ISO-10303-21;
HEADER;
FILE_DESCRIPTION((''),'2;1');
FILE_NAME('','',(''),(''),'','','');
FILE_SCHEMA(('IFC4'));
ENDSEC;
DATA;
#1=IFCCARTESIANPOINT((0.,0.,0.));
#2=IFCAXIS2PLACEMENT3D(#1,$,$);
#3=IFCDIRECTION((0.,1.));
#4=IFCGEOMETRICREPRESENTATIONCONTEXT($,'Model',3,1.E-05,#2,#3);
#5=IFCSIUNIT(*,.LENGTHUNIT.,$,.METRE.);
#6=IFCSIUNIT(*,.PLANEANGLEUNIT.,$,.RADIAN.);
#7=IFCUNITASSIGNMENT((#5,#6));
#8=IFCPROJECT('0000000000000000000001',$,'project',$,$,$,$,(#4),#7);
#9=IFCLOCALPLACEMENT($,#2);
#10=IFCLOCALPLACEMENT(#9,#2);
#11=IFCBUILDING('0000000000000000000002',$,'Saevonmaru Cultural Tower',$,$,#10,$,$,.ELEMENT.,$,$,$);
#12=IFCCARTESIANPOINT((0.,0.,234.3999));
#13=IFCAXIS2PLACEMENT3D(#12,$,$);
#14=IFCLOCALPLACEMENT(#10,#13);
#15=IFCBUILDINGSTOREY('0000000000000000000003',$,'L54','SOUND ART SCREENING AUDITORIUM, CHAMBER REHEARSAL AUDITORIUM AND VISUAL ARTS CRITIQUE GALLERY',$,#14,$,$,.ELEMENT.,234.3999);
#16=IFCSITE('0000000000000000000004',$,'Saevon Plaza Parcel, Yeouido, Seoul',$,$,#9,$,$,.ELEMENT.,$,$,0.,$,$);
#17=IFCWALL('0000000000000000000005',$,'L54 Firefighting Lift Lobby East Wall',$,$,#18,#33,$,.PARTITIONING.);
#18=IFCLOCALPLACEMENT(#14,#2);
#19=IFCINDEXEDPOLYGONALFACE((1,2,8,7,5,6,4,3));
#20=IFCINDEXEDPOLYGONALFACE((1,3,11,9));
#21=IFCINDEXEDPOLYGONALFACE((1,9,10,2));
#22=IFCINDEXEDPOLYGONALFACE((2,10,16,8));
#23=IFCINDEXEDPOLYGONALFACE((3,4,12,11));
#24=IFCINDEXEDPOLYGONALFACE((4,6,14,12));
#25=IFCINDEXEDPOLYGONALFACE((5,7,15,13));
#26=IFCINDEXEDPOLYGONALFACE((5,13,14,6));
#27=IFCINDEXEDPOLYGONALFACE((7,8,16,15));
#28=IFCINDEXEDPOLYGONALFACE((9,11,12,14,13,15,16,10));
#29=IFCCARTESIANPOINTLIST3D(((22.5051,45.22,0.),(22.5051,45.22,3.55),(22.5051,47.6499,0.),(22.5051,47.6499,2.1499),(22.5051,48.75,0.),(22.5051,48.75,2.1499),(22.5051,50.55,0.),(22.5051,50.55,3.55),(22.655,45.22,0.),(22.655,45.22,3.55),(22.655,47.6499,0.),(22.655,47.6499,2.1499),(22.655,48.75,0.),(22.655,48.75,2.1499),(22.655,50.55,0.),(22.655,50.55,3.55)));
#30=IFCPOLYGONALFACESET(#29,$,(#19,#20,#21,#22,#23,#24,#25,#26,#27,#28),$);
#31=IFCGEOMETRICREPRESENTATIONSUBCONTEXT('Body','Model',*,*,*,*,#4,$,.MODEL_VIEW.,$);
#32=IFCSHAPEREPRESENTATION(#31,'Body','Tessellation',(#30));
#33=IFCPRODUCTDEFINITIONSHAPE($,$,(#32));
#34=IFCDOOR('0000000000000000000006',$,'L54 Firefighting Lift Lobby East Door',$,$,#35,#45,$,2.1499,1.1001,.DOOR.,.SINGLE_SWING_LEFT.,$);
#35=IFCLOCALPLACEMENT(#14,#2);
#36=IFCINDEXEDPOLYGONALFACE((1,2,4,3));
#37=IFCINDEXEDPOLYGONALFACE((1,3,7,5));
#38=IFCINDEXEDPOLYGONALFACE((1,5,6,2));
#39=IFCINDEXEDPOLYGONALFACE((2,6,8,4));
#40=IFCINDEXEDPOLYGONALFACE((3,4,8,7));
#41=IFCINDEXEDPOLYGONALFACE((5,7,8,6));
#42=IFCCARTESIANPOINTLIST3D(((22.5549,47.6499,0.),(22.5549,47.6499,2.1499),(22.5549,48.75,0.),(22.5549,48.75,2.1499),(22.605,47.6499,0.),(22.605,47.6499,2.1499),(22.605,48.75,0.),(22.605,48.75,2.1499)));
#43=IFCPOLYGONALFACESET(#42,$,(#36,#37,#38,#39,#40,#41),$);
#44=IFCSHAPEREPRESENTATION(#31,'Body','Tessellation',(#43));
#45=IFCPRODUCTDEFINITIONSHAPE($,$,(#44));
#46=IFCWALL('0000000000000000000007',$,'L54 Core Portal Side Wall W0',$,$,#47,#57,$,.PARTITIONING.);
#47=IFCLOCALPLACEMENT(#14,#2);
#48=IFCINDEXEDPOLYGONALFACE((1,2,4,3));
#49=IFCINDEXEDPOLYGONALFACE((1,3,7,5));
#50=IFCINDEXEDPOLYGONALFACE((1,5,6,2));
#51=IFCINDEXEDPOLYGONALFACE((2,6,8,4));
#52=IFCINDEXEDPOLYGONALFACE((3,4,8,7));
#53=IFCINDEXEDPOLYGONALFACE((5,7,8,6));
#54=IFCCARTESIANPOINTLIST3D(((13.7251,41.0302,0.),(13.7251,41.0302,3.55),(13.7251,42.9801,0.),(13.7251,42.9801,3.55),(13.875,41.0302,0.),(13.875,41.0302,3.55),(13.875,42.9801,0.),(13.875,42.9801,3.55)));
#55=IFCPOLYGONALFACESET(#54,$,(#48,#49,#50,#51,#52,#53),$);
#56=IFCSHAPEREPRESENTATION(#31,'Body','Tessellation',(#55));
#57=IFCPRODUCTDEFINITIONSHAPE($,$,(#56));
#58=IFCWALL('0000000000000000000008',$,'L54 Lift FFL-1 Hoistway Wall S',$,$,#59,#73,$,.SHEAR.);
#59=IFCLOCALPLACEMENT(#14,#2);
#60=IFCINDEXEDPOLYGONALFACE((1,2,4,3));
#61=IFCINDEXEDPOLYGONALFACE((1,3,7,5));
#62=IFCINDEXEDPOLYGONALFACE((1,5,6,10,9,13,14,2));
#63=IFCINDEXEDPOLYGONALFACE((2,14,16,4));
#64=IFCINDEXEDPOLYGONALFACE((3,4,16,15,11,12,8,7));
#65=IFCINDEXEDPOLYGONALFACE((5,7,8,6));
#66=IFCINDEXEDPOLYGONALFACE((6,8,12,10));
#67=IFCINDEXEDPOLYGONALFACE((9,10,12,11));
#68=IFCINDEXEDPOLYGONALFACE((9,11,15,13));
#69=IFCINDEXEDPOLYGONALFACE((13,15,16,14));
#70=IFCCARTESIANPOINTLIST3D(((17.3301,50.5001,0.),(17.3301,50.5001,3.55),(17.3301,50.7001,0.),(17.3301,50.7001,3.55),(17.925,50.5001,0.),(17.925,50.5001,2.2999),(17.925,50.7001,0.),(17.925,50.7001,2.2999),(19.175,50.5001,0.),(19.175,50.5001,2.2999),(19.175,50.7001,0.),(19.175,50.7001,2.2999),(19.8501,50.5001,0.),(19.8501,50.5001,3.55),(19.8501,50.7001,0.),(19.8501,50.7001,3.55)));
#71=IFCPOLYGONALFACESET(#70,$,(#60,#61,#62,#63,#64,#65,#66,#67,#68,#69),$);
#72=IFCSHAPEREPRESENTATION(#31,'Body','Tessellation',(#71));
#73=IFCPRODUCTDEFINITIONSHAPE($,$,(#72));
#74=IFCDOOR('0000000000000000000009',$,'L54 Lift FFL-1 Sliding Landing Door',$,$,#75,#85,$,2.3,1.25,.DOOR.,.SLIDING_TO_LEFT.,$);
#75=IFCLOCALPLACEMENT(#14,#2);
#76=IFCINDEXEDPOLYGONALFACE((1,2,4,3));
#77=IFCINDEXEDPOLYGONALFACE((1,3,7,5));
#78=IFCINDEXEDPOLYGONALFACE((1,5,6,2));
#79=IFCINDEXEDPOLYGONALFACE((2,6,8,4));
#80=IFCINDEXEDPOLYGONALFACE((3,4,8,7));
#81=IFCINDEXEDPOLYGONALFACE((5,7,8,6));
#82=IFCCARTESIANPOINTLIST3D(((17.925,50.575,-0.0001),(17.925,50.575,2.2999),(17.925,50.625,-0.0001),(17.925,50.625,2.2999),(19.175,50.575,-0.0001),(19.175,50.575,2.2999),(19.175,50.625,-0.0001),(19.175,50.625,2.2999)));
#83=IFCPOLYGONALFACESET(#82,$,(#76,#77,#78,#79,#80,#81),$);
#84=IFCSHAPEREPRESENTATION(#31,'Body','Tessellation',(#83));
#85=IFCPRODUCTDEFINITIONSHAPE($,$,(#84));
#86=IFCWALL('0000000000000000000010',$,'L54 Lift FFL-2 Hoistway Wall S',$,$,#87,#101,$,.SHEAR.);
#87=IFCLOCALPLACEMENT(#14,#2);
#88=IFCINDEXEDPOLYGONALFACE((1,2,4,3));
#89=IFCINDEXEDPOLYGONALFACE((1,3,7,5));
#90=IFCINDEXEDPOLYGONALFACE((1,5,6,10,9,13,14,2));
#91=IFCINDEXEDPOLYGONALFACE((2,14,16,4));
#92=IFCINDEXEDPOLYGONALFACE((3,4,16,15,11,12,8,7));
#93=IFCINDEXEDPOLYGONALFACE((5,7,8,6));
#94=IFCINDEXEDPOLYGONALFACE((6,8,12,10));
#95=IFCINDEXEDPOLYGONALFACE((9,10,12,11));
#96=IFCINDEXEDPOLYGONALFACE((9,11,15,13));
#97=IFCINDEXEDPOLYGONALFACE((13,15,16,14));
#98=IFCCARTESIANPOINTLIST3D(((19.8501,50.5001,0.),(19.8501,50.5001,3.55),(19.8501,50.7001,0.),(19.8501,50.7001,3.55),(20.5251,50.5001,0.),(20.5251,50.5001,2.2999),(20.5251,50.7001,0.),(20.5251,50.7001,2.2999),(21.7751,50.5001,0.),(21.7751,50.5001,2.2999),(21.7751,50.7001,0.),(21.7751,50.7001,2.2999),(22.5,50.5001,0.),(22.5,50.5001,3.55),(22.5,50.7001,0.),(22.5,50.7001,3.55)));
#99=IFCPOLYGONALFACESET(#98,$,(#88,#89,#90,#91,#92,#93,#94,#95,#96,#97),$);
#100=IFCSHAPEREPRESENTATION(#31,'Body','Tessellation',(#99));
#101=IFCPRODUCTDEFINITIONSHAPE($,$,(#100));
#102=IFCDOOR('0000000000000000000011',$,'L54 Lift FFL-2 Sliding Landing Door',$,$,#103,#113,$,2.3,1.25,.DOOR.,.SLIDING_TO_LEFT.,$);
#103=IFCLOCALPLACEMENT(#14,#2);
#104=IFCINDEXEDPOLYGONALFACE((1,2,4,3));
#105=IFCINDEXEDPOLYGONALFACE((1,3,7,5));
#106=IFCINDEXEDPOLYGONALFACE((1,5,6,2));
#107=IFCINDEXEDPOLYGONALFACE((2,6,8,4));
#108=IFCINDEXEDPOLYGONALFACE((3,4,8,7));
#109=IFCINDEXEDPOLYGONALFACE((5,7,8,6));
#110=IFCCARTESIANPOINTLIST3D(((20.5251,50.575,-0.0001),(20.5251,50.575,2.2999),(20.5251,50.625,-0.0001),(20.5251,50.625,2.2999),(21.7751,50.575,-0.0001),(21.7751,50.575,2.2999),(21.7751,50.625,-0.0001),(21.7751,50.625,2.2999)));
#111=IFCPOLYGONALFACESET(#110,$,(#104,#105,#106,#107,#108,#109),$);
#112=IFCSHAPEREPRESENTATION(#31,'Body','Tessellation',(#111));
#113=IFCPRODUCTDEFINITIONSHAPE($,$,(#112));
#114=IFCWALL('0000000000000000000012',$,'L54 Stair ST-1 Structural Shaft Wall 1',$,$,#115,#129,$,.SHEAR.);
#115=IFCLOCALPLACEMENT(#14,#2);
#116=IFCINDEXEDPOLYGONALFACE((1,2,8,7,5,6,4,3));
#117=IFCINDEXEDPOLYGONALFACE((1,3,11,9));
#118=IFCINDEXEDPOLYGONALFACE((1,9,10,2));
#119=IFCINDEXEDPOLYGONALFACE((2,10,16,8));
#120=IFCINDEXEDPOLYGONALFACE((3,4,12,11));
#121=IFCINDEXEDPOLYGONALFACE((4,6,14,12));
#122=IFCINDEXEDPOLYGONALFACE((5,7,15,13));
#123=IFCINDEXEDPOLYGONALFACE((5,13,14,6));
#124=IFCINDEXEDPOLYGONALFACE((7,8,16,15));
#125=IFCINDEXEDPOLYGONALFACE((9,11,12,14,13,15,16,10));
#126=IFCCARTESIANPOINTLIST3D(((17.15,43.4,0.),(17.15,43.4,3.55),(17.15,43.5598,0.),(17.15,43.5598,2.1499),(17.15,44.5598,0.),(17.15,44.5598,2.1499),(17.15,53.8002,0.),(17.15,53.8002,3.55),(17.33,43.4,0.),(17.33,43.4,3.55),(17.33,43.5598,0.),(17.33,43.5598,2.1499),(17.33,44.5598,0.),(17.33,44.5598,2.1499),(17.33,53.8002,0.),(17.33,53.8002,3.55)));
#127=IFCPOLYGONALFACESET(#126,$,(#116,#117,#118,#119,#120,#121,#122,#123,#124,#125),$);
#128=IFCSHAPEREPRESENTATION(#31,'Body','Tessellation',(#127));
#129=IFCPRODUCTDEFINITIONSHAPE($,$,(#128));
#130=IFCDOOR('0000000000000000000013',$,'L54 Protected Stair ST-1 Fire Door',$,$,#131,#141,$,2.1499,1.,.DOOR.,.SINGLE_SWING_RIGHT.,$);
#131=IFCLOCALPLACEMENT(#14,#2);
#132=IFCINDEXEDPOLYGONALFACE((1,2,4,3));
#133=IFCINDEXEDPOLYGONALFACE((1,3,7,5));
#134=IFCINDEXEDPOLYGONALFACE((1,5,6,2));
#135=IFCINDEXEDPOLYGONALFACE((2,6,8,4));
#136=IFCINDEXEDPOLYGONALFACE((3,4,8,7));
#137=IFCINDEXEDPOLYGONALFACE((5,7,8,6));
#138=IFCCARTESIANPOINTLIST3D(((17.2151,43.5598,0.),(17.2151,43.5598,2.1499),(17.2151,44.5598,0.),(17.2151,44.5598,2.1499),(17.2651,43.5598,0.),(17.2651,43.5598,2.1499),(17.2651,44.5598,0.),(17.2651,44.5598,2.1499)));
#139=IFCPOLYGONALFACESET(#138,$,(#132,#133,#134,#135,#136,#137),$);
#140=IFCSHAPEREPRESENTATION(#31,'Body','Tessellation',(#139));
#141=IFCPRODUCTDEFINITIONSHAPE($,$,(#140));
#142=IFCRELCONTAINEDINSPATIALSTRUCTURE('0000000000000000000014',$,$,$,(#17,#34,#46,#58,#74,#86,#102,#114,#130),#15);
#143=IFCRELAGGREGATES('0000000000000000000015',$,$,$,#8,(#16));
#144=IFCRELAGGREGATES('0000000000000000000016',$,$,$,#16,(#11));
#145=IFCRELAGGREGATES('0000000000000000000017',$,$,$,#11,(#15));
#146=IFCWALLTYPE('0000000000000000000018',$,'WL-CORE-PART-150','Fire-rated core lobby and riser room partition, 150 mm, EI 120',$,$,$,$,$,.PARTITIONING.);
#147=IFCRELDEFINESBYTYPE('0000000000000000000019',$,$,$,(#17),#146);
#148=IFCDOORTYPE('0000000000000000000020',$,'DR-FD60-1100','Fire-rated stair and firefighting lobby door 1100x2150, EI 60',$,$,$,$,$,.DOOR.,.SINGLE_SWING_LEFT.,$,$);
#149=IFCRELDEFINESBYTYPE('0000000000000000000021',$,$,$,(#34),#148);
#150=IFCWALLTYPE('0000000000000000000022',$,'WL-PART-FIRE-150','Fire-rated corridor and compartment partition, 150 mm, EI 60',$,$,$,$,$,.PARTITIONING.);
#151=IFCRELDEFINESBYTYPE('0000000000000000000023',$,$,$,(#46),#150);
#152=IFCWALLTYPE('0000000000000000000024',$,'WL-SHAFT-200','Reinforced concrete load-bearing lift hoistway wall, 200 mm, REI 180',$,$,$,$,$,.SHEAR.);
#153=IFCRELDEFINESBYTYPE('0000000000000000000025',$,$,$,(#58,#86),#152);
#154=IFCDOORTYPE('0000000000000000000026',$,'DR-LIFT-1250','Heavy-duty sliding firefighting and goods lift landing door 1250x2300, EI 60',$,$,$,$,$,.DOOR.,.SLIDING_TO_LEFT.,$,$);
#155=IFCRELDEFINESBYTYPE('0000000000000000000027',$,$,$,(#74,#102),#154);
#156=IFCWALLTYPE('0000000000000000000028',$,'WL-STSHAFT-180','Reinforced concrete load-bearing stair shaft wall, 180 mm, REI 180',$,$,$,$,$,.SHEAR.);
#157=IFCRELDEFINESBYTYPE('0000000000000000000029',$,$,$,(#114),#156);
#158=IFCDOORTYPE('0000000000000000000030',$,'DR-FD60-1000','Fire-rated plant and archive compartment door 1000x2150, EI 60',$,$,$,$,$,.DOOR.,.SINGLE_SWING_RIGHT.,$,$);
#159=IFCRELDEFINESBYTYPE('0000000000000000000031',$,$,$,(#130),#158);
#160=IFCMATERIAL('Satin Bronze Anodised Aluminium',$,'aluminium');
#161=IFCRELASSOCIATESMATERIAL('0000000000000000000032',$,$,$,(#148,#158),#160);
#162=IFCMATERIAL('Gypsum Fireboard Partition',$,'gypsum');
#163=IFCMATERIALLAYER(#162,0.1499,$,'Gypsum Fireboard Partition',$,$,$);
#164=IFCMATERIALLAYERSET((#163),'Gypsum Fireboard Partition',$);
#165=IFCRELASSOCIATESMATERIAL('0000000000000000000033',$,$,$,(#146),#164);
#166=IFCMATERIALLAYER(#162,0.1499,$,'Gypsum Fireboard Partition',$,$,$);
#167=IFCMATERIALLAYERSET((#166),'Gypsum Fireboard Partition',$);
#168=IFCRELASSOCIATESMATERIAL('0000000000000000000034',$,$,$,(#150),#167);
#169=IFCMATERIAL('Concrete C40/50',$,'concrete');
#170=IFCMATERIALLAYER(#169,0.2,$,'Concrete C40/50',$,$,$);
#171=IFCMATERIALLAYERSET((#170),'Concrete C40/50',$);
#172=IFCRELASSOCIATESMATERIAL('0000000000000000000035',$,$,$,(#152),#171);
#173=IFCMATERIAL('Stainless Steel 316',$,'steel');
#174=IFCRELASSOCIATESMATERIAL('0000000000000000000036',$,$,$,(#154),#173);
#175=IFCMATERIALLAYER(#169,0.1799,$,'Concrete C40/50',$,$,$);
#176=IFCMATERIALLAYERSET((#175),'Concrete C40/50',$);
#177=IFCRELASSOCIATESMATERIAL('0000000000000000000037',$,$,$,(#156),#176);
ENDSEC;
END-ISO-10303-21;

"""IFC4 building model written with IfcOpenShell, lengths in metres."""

from ifc_helpers import new_model, si_unit, direction, frame, frame_2d, origin, place, context, subcontext, project, spatial, rectangle, extrude, material, layer, layer_set, type_object, element, fill, save


model = new_model("IFC4")

# Units and contexts
model_context = context("Model", 3, precision=1e-05, world=origin(), true_north=direction((0.0, 1.0)))
body_context = subcontext(model_context, "Body", "Model", "MODEL_VIEW")
ifc_project = project(units=[si_unit("LENGTHUNIT", "METRE"), si_unit("PLANEANGLEUNIT", "RADIAN")], contexts=[model_context])

# Site, building, storey
site_placement = place(None, origin())
site = spatial("IfcSite", under=ifc_project, at=site_placement, Name="Saevon Plaza Parcel, Yeouido, Seoul", CompositionType="ELEMENT", RefElevation=0.0)
building_placement = place(site_placement, origin())
building = spatial("IfcBuilding", under=site, at=building_placement, Name="Saevonmaru Cultural Tower", CompositionType="ELEMENT")
storey_placement = place(building_placement, frame((0.0, 0.0, 234.3999)))
storey = spatial("IfcBuildingStorey", under=building, at=storey_placement, Name="L54", Description="SOUND ART SCREENING AUDITORIUM, CHAMBER REHEARSAL AUDITORIUM AND VISUAL ARTS CRITIQUE GALLERY", CompositionType="ELEMENT", Elevation=234.3999)

# Shared definitions
ifc_material_1 = material(Name="Satin Bronze Anodised Aluminium", Category="aluminium")
door_type_1 = type_object("IfcDoorType", Name="DR-FD60-1100", Description="Fire-rated stair and firefighting lobby door 1100x2150, EI 60", OperationType="SINGLE_SWING_LEFT", PredefinedType="DOOR", material=ifc_material_1)

# Wall, opening, door
ifc_material_2 = material(Name="Gypsum Fireboard Partition", Category="gypsum")
ifc_layer_1 = layer(ifc_material_2, 0.1499, Name="Gypsum Fireboard Partition")
ifc_layer_set_1 = layer_set([ifc_layer_1], Name="Gypsum Fireboard Partition")
wall_type_1 = type_object("IfcWallType", Name="WL-CORE-PART-150", Description="Fire-rated core lobby and riser room partition, 150 mm, EI 120", PredefinedType="PARTITIONING", material=ifc_layer_set_1)
wall_1_placement = place(storey_placement, frame((22.5801, 50.55, 0.0), z_axis=(0.0, 0.0, 1.0), x_axis=(0.0, -1.0, 0.0)))
wall_1 = element("IfcWall", 1, at=wall_1_placement, inside=storey, type_object=wall_type_1, Name="L54 Firefighting Lift Lobby East Wall", PredefinedType="PARTITIONING", context=body_context, shape_type="SweptSolid", body=[
    extrude(rectangle(XDim=5.3301, YDim=0.1499, at=frame_2d((2.665, 0.0))), origin(), (0.0, 0.0, 1.0), 3.55),
])
opening_1_placement = place(wall_1_placement, frame((1.8, 0.0, 0.0)))
opening_1 = element("IfcOpeningElement", 2, at=opening_1_placement, cuts=wall_1, PredefinedType="OPENING", context=body_context, shape_type="SweptSolid", body=[
    extrude(rectangle(XDim=1.1001, YDim=2.1499, at=frame_2d((0.55, 1.075))), frame((0.0, 0.085, 0.0), z_axis=(0.0, -1.0, 0.0), x_axis=(1.0, 0.0, 0.0)), (0.0, 0.0, 1.0), 0.1699),
])
door_1_placement = place(opening_1_placement, origin())
door_1 = element("IfcDoor", 3, at=door_1_placement, inside=storey, type_object=door_type_1, Name="L54 Firefighting Lift Lobby East Door", OperationType="SINGLE_SWING_LEFT", OverallHeight=2.1499, OverallWidth=1.1001, PredefinedType="DOOR", context=body_context, shape_type="SweptSolid", body=[
    extrude(rectangle(XDim=1.1001, YDim=2.1499, at=frame_2d((0.55, 1.075))), frame((0.0, 0.0249, 0.0), z_axis=(0.0, -1.0, 0.0), x_axis=(1.0, 0.0, 0.0)), (0.0, 0.0, 1.0), 0.05),
])
fill(opening_1, door_1)

# Wall
ifc_layer_2 = layer(ifc_material_2, 0.1499, Name="Gypsum Fireboard Partition")
ifc_layer_set_2 = layer_set([ifc_layer_2], Name="Gypsum Fireboard Partition")
wall_type_2 = type_object("IfcWallType", Name="WL-PART-FIRE-150", Description="Fire-rated corridor and compartment partition, 150 mm, EI 60", PredefinedType="PARTITIONING", material=ifc_layer_set_2)
wall_2_placement = place(storey_placement, frame((13.8, 41.03, 0.0), z_axis=(0.0, 0.0, 1.0), x_axis=(0.0, 1.0, 0.0)))
element("IfcWall", 4, at=wall_2_placement, inside=storey, type_object=wall_type_2, Name="L54 Core Portal Side Wall W0", PredefinedType="PARTITIONING", context=body_context, shape_type="SweptSolid", body=[
    extrude(rectangle(XDim=1.95, YDim=0.1499, at=frame_2d((0.9751, 0.0))), origin(), (0.0, 0.0, 1.0), 3.55),
])

# Walls, openings, doors
ifc_material_3 = material(Name="Concrete C40/50", Category="concrete")
ifc_layer_3 = layer(ifc_material_3, 0.2, Name="Concrete C40/50")
ifc_layer_set_3 = layer_set([ifc_layer_3], Name="Concrete C40/50")
wall_type_3 = type_object("IfcWallType", Name="WL-SHAFT-200", Description="Reinforced concrete load-bearing lift hoistway wall, 200 mm, REI 180", PredefinedType="SHEAR", material=ifc_layer_set_3)
wall_3_placement = place(storey_placement, frame((17.3301, 50.6001, 0.0), z_axis=(0.0, 0.0, 1.0), x_axis=(1.0, 0.0, 0.0)))
wall_3 = element("IfcWall", 5, at=wall_3_placement, inside=storey, type_object=wall_type_3, Name="L54 Lift FFL-1 Hoistway Wall S", PredefinedType="SHEAR", context=body_context, shape_type="SweptSolid", body=[
    extrude(rectangle(XDim=2.52, YDim=0.2, at=frame_2d((1.26, 0.0))), origin(), (0.0, 0.0, 1.0), 3.55),
])
opening_2_placement = place(wall_3_placement, frame((0.595, 0.0, 0.0)))
opening_2 = element("IfcOpeningElement", 6, at=opening_2_placement, cuts=wall_3, PredefinedType="OPENING", context=body_context, shape_type="SweptSolid", body=[
    extrude(rectangle(XDim=1.25, YDim=2.3, at=frame_2d((0.625, 1.1499))), frame((0.0, 0.1099, 0.0), z_axis=(0.0, -1.0, 0.0), x_axis=(1.0, 0.0, 0.0)), (0.0, 0.0, 1.0), 0.22),
])
ifc_material_4 = material(Name="Stainless Steel 316", Category="steel")
door_type_2 = type_object("IfcDoorType", Name="DR-LIFT-1250", Description="Heavy-duty sliding firefighting and goods lift landing door 1250x2300, EI 60", OperationType="SLIDING_TO_LEFT", PredefinedType="DOOR", material=ifc_material_4)
door_2_placement = place(opening_2_placement, origin())
door_2 = element("IfcDoor", 7, at=door_2_placement, inside=storey, type_object=door_type_2, Name="L54 Lift FFL-1 Sliding Landing Door", OperationType="SLIDING_TO_LEFT", OverallHeight=2.3, OverallWidth=1.25, PredefinedType="DOOR", context=body_context, shape_type="SweptSolid", body=[
    extrude(rectangle(XDim=1.25, YDim=2.3, at=frame_2d((0.625, 1.1499))), frame((0.0, 0.0249, 0.0), z_axis=(0.0, -1.0, 0.0), x_axis=(1.0, 0.0, 0.0)), (0.0, 0.0, 1.0), 0.05),
])
fill(opening_2, door_2)
wall_4_placement = place(storey_placement, frame((19.8501, 50.6001, 0.0), z_axis=(0.0, 0.0, 1.0), x_axis=(1.0, 0.0, 0.0)))
wall_4 = element("IfcWall", 8, at=wall_4_placement, inside=storey, type_object=wall_type_3, Name="L54 Lift FFL-2 Hoistway Wall S", PredefinedType="SHEAR", context=body_context, shape_type="SweptSolid", body=[
    extrude(rectangle(XDim=2.6499, YDim=0.2, at=frame_2d((1.325, 0.0))), origin(), (0.0, 0.0, 1.0), 3.55),
])
opening_3_placement = place(wall_4_placement, frame((0.675, 0.0, 0.0)))
opening_3 = element("IfcOpeningElement", 9, at=opening_3_placement, cuts=wall_4, PredefinedType="OPENING", context=body_context, shape_type="SweptSolid", body=[
    extrude(rectangle(XDim=1.25, YDim=2.3, at=frame_2d((0.625, 1.1499))), frame((0.0, 0.1099, 0.0), z_axis=(0.0, -1.0, 0.0), x_axis=(1.0, 0.0, 0.0)), (0.0, 0.0, 1.0), 0.22),
])
door_3_placement = place(opening_3_placement, origin())
door_3 = element("IfcDoor", 10, at=door_3_placement, inside=storey, type_object=door_type_2, Name="L54 Lift FFL-2 Sliding Landing Door", OperationType="SLIDING_TO_LEFT", OverallHeight=2.3, OverallWidth=1.25, PredefinedType="DOOR", context=body_context, shape_type="SweptSolid", body=[
    extrude(rectangle(XDim=1.25, YDim=2.3, at=frame_2d((0.625, 1.1499))), frame((0.0, 0.0249, 0.0), z_axis=(0.0, -1.0, 0.0), x_axis=(1.0, 0.0, 0.0)), (0.0, 0.0, 1.0), 0.05),
])
fill(opening_3, door_3)
ifc_layer_4 = layer(ifc_material_3, 0.1799, Name="Concrete C40/50")
ifc_layer_set_4 = layer_set([ifc_layer_4], Name="Concrete C40/50")
wall_type_4 = type_object("IfcWallType", Name="WL-STSHAFT-180", Description="Reinforced concrete load-bearing stair shaft wall, 180 mm, REI 180", PredefinedType="SHEAR", material=ifc_layer_set_4)
wall_5_placement = place(storey_placement, frame((17.24, 43.3999, 0.0), z_axis=(0.0, 0.0, 1.0), x_axis=(0.0, 1.0, 0.0)))
wall_5 = element("IfcWall", 11, at=wall_5_placement, inside=storey, type_object=wall_type_4, Name="L54 Stair ST-1 Structural Shaft Wall 1", PredefinedType="SHEAR", context=body_context, shape_type="SweptSolid", body=[
    extrude(rectangle(XDim=10.4001, YDim=0.1799, at=frame_2d((5.2002, 0.0))), origin(), (0.0, 0.0, 1.0), 3.55),
])
opening_4_placement = place(wall_5_placement, frame((0.1599, 0.0, 0.0)))
opening_4 = element("IfcOpeningElement", 12, at=opening_4_placement, cuts=wall_5, PredefinedType="OPENING", context=body_context, shape_type="SweptSolid", body=[
    extrude(rectangle(XDim=1.0, YDim=2.1499, at=frame_2d((0.5, 1.075))), frame((0.0, 0.1001, 0.0), z_axis=(0.0, -1.0, 0.0), x_axis=(1.0, 0.0, 0.0)), (0.0, 0.0, 1.0), 0.2),
])
door_type_3 = type_object("IfcDoorType", Name="DR-FD60-1000", Description="Fire-rated plant and archive compartment door 1000x2150, EI 60", OperationType="SINGLE_SWING_RIGHT", PredefinedType="DOOR", material=ifc_material_1)
door_4_placement = place(opening_4_placement, origin())
door_4 = element("IfcDoor", 13, at=door_4_placement, inside=storey, type_object=door_type_3, Name="L54 Protected Stair ST-1 Fire Door", OperationType="SINGLE_SWING_RIGHT", OverallHeight=2.1499, OverallWidth=1.0, PredefinedType="DOOR", context=body_context, shape_type="SweptSolid", body=[
    extrude(rectangle(XDim=1.0, YDim=2.1499, at=frame_2d((0.5, 1.075))), frame((0.0, 0.0249, 0.0), z_axis=(0.0, -1.0, 0.0), x_axis=(1.0, 0.0, 0.0)), (0.0, 0.0, 1.0), 0.05),
])
fill(opening_4, door_4)

save(model, "model.ifc")
